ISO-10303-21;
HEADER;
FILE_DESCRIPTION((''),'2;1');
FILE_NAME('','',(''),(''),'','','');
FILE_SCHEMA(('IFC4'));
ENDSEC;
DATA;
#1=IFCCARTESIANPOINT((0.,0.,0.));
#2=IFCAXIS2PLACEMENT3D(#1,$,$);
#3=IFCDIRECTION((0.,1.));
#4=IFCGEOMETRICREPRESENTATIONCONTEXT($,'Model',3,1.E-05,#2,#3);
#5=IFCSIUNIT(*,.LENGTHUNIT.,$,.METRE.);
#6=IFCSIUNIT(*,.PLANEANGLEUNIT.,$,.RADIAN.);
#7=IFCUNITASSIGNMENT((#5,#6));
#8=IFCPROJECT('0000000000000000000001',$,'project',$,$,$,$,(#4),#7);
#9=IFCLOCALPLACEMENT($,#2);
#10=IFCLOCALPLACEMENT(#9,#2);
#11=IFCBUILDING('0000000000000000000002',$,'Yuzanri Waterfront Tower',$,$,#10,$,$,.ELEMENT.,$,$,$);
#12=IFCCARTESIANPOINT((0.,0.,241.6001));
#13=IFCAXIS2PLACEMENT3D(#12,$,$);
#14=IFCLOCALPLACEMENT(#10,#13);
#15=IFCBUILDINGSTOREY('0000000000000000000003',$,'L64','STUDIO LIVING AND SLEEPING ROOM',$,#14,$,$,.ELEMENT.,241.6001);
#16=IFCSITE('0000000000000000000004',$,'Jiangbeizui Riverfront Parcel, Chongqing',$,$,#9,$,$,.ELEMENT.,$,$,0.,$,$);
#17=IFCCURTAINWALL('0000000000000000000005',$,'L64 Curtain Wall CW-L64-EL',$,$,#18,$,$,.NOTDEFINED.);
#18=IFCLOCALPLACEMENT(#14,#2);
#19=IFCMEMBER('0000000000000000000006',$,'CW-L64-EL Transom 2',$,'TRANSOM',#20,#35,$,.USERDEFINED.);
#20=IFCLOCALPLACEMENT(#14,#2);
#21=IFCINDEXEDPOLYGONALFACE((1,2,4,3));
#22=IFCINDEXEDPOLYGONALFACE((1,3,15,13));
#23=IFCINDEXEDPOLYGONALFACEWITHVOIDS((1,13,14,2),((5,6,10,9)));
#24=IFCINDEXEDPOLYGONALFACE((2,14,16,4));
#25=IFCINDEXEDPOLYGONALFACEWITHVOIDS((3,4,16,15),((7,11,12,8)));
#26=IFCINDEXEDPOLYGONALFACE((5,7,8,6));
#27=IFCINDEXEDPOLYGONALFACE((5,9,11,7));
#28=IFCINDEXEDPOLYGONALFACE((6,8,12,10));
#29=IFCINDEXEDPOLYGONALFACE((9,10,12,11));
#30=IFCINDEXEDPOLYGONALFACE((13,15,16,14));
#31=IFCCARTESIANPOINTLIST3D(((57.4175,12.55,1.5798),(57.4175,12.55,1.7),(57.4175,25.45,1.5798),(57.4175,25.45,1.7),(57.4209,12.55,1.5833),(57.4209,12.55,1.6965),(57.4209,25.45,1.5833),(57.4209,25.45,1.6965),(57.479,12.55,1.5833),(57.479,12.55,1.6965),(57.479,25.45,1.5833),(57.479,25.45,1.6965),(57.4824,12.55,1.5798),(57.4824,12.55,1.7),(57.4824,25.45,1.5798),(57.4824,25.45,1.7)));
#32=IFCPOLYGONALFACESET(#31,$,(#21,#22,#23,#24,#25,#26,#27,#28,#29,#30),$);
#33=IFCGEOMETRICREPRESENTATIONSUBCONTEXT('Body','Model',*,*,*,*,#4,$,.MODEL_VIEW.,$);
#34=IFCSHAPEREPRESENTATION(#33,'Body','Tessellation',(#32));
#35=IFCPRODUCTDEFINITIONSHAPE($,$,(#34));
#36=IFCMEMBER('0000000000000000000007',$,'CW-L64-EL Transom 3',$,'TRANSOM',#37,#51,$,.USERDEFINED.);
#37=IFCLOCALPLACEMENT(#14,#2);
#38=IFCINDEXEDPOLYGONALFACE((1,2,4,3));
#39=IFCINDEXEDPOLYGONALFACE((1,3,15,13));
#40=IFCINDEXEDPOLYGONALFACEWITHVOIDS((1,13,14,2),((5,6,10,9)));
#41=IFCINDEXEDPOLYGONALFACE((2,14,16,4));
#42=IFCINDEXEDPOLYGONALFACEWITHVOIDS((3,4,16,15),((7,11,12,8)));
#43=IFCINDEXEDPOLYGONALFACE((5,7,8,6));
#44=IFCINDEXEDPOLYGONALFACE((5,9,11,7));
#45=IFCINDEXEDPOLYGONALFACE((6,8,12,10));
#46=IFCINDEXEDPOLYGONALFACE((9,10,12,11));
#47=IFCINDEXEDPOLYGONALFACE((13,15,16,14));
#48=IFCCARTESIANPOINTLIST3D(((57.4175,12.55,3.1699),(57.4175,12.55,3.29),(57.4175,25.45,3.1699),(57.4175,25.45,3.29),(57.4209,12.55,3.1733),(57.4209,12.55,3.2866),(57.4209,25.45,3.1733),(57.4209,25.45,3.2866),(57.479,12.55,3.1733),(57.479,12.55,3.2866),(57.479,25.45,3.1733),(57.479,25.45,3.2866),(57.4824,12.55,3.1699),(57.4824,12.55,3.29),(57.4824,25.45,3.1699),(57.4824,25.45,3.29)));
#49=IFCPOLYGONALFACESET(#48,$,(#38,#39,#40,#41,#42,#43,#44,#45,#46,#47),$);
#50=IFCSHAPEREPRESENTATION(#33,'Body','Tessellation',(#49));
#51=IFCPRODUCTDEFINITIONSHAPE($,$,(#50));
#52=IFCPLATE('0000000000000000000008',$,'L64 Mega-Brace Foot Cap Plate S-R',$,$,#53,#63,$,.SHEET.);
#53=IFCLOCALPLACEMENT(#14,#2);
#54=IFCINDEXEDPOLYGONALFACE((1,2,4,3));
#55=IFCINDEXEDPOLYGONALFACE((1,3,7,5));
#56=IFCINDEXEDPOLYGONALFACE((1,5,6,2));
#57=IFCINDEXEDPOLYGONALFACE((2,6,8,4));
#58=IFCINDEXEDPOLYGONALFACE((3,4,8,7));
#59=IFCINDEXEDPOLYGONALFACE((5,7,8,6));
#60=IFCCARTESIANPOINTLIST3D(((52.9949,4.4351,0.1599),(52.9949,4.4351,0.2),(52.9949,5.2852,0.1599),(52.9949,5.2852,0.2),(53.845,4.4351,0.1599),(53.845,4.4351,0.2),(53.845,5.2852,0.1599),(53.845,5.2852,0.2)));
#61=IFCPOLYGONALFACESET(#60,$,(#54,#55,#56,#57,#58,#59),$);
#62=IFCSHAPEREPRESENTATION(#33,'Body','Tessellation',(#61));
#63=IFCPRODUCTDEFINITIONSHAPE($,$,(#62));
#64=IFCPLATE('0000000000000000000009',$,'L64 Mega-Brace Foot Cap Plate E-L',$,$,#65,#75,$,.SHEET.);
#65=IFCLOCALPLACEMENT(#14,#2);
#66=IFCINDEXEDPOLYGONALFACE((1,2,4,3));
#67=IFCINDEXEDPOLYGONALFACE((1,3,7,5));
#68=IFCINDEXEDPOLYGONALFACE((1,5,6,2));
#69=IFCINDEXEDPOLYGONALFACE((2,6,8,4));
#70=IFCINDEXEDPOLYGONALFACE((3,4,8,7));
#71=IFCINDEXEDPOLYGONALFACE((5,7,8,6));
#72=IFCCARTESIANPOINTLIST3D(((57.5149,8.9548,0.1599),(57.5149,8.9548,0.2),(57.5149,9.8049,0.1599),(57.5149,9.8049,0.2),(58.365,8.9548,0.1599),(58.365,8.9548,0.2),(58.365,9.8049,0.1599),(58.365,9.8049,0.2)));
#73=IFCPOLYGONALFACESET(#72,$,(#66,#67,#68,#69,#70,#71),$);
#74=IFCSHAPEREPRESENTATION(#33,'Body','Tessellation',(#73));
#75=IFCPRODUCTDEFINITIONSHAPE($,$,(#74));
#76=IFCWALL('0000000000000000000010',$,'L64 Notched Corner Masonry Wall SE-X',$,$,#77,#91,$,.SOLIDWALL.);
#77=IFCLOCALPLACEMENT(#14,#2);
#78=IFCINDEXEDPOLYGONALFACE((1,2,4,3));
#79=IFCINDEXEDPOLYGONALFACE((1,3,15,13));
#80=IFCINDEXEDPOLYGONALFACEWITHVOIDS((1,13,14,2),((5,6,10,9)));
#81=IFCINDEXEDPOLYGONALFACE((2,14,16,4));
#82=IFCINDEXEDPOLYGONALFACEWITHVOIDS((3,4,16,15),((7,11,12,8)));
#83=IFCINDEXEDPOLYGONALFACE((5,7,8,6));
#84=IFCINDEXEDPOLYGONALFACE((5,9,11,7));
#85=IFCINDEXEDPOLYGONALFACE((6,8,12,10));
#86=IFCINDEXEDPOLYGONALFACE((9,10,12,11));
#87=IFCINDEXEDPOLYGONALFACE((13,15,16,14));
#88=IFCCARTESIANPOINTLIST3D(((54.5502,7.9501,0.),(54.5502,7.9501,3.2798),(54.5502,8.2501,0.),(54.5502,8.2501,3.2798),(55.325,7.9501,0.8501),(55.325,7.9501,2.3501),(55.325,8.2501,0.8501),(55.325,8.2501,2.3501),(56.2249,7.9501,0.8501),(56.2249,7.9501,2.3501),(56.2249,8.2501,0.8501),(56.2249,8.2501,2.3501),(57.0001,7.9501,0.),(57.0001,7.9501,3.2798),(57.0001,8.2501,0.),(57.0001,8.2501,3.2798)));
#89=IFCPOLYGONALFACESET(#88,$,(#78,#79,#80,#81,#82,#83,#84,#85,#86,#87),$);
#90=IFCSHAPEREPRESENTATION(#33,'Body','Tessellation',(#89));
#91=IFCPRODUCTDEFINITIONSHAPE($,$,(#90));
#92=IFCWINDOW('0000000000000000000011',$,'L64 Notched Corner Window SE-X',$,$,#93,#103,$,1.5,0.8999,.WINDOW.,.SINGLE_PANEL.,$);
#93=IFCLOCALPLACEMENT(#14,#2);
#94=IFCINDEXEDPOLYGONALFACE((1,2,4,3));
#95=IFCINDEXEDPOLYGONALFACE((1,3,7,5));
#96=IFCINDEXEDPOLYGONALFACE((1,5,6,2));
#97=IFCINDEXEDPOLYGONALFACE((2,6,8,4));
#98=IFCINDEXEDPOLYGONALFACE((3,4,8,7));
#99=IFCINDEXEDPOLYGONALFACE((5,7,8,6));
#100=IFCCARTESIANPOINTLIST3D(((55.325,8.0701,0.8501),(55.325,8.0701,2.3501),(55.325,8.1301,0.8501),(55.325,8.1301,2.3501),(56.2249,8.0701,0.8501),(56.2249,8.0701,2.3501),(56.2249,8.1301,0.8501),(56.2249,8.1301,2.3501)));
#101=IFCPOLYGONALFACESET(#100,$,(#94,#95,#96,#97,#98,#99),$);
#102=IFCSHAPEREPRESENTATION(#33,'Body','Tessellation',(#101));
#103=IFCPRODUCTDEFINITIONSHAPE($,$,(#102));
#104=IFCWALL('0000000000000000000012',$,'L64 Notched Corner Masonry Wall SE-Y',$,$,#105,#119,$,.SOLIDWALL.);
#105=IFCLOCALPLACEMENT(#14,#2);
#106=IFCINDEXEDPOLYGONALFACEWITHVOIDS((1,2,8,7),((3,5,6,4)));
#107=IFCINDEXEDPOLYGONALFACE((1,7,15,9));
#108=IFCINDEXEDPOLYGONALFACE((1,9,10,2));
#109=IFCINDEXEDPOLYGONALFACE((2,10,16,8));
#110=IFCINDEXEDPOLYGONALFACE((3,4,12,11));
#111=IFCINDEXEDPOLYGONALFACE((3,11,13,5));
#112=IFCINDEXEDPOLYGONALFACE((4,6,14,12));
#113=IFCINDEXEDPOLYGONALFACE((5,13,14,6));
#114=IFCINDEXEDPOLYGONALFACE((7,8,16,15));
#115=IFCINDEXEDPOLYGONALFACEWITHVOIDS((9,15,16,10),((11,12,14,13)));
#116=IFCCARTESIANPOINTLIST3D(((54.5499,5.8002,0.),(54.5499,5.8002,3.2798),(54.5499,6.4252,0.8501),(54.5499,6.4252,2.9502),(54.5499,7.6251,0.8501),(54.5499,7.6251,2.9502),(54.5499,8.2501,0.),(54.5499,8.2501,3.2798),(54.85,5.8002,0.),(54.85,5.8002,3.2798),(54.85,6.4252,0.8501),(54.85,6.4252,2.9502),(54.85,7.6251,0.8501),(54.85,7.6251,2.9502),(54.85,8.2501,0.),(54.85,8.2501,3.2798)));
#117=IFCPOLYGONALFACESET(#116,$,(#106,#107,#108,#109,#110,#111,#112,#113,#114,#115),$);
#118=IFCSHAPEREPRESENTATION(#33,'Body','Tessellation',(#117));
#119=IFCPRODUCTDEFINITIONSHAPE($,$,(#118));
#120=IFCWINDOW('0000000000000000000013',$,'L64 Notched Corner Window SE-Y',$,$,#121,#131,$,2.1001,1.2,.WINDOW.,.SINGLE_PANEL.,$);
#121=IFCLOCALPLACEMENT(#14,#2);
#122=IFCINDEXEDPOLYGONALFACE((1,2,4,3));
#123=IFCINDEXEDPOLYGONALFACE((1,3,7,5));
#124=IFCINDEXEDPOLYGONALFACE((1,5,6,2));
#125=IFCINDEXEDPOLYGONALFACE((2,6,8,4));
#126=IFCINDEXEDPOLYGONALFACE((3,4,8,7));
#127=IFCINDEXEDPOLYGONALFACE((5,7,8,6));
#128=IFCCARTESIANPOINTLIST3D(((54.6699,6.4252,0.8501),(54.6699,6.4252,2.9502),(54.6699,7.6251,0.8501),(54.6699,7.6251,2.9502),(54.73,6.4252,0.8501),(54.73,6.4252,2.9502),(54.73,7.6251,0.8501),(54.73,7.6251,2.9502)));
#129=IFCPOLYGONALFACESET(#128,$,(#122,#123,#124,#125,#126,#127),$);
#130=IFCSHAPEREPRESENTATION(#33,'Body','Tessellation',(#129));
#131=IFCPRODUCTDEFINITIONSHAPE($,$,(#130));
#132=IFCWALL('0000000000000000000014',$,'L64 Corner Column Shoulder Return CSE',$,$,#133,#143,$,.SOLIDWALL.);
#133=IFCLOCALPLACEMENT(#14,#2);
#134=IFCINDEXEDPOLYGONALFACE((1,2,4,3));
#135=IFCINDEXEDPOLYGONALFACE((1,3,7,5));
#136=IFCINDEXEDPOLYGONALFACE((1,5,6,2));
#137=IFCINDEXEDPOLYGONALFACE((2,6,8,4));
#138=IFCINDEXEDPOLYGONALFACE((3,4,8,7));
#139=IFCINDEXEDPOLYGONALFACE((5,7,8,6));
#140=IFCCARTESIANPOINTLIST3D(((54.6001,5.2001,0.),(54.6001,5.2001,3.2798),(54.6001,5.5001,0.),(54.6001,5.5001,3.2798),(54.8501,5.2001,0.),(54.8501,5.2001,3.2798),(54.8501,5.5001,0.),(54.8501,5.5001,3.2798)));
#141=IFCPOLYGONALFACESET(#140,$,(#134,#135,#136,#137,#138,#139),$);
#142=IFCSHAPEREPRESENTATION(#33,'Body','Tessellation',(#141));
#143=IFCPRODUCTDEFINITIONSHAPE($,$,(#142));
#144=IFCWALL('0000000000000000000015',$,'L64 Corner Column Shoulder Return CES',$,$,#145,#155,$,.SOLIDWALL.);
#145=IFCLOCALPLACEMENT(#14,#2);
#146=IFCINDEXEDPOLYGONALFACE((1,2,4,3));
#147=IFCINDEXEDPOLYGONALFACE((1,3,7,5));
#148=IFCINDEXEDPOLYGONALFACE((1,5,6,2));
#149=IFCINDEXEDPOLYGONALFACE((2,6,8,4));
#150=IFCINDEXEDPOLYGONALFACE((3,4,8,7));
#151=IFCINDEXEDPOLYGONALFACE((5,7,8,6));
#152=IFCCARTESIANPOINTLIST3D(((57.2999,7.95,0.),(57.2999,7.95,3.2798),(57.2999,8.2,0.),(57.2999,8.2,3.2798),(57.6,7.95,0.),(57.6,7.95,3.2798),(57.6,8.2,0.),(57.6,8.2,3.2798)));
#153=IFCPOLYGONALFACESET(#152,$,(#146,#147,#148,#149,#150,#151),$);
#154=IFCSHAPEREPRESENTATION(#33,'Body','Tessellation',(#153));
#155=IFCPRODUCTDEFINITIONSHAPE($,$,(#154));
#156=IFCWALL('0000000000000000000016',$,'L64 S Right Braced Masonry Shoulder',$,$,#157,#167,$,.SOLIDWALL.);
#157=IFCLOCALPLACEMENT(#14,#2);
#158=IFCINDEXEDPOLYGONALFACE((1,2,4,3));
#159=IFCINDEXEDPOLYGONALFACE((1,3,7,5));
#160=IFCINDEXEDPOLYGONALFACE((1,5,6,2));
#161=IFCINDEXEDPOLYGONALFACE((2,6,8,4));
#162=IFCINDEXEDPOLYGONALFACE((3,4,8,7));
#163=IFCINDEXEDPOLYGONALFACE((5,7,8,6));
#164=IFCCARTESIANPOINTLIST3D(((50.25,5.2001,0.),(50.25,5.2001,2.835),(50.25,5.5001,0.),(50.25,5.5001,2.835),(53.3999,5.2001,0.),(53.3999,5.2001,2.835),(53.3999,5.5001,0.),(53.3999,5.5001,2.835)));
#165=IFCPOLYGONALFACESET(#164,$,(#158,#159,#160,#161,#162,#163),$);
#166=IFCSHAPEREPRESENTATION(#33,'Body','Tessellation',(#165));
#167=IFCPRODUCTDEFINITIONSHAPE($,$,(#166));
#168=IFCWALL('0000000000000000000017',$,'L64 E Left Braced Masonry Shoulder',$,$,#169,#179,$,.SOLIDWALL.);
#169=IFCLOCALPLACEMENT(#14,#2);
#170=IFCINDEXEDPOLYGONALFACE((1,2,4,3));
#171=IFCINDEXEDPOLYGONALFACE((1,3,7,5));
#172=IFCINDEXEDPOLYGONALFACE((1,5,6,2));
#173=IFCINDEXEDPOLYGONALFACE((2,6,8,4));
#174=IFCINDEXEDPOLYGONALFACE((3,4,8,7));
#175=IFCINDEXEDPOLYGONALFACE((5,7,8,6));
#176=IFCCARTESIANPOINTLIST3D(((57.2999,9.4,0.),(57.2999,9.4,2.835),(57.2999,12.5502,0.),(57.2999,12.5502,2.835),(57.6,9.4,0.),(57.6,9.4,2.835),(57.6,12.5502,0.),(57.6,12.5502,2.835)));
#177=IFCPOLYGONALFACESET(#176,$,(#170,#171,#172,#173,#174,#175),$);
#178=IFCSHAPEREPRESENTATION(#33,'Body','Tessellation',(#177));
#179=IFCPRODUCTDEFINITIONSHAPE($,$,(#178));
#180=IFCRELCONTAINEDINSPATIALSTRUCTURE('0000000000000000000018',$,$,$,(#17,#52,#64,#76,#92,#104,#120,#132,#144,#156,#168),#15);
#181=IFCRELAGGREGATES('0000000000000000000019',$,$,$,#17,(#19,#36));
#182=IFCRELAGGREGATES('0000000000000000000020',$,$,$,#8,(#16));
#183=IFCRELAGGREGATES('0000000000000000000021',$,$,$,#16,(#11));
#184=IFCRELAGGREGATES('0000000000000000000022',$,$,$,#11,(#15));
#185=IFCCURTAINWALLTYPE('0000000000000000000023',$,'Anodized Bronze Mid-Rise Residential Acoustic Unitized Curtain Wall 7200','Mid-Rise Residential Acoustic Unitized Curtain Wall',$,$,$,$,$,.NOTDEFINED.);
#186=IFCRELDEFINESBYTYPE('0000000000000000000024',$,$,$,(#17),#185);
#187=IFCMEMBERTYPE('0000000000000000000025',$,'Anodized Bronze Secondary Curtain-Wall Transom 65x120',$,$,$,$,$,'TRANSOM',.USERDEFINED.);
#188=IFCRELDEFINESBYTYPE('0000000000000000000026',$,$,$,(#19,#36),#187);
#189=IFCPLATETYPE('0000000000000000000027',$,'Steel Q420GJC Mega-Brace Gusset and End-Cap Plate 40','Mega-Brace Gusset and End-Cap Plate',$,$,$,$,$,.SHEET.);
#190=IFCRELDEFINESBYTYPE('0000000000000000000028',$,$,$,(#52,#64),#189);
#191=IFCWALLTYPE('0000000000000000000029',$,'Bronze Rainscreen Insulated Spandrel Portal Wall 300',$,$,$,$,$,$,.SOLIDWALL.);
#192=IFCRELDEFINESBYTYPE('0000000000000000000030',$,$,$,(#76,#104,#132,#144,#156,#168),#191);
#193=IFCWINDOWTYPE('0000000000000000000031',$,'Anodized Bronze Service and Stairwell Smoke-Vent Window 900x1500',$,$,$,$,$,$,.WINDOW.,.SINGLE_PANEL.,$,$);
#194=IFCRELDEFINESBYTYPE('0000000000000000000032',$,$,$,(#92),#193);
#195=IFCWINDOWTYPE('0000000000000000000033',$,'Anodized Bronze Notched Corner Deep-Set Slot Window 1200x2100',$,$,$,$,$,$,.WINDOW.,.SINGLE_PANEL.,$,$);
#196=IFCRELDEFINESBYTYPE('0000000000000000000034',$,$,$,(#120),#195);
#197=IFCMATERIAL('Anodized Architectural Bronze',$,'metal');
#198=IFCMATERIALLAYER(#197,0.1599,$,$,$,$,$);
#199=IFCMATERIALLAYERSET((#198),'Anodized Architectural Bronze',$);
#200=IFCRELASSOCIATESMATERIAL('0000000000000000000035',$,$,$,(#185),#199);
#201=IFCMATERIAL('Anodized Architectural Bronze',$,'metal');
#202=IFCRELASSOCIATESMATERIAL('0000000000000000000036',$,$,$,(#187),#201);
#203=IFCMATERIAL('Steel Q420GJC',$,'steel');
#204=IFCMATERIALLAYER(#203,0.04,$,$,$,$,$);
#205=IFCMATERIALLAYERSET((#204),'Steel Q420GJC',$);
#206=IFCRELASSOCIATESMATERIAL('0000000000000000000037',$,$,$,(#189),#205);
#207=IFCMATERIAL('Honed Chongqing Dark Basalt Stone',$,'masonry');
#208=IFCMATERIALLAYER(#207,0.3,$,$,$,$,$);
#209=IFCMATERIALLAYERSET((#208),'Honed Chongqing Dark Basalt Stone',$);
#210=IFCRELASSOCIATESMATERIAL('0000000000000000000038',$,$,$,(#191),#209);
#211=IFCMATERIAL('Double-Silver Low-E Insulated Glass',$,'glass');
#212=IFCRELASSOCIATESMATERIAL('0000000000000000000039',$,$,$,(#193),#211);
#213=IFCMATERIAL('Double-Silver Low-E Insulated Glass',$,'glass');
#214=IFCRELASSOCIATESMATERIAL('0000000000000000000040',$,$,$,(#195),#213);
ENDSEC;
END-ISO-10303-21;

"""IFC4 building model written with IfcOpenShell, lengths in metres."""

from ifc_helpers import new_model, si_unit, direction, frame, frame_2d, origin, origin_2d, place, context, subcontext, project, spatial, rectangle, hollow_rectangle, extrude, source, transform, mapped, material, layer, layer_set, material_profile, profile_set, type_object, element, fill, aggregate, save


model = new_model("IFC4")

# Units and contexts
model_context = context("Model", 3, precision=1e-05, world=origin(), true_north=direction((0.0, 1.0)))
body_context = subcontext(model_context, "Body", "Model", "MODEL_VIEW")
ifc_project = project(units=[si_unit("LENGTHUNIT", "METRE"), si_unit("PLANEANGLEUNIT", "RADIAN")], contexts=[model_context])

# Site, building, storey
site_placement = place(None, origin())
site = spatial("IfcSite", under=ifc_project, at=site_placement, Name="Jiangbeizui Riverfront Parcel, Chongqing", CompositionType="ELEMENT", RefElevation=0.0)
building_placement = place(site_placement, origin())
building = spatial("IfcBuilding", under=site, at=building_placement, Name="Yuzanri Waterfront Tower", CompositionType="ELEMENT")
storey_placement = place(building_placement, frame((0.0, 0.0, 241.6001)))
storey = spatial("IfcBuildingStorey", under=building, at=storey_placement, Name="L64", Description="STUDIO LIVING AND SLEEPING ROOM", CompositionType="ELEMENT", Elevation=241.6001)

# Curtain wall, members
ifc_material_1 = material(Name="Anodized Architectural Bronze", Category="metal")
ifc_layer_1 = layer(ifc_material_1, 0.1599)
ifc_layer_set_1 = layer_set([ifc_layer_1], Name="Anodized Architectural Bronze")
curtain_wall_type = type_object("IfcCurtainWallType", Name="Anodized Bronze Mid-Rise Residential Acoustic Unitized Curtain Wall 7200", Description="Mid-Rise Residential Acoustic Unitized Curtain Wall", PredefinedType="NOTDEFINED", material=ifc_layer_set_1)
curtain_wall_1_placement = place(storey_placement, origin())
curtain_wall_1 = element("IfcCurtainWall", 1, at=curtain_wall_1_placement, inside=storey, type_object=curtain_wall_type, Name="L64 Curtain Wall CW-L64-EL", PredefinedType="NOTDEFINED")
ifc_material_2 = material(Name="Anodized Architectural Bronze", Category="metal")
ifc_material_profile_1 = material_profile(ifc_material_2, hollow_rectangle(XDim=0.0649, YDim=0.1201, WallThickness=0.0034, at=origin_2d()), Name="CWT 65x120")
ifc_profile_set_1 = profile_set([ifc_material_profile_1], Name="Anodized Architectural Bronze")
member_type_1 = type_object("IfcMemberType", Name="Anodized Bronze Secondary Curtain-Wall Transom 65x120", ElementType="TRANSOM", PredefinedType="USERDEFINED", material=ifc_profile_set_1)
shared_shape_1 = source(origin(), body_context, "Body", "SweptSolid", [
    extrude(hollow_rectangle(XDim=0.0649, YDim=0.1201, WallThickness=0.0034, at=origin_2d()), origin(), (0.0, 0.0, 1.0), 12.8999),
])
member_1_placement = place(storey_placement, frame((57.45, 12.55, 1.6399), z_axis=(0.0, 1.0, 0.0), x_axis=(-1.0, 0.0, 0.0)))
member_1 = element("IfcMember", 2, at=member_1_placement, type_object=member_type_1, Name="CW-L64-EL Transom 2", ObjectType="TRANSOM", PredefinedType="USERDEFINED", context=body_context, shape_type="MappedRepresentation", body=[
    mapped(shared_shape_1, transform((0.0, 0.0, 0.0), scale=1.0)),
])
member_2_placement = place(storey_placement, frame((57.45, 12.55, 3.23), z_axis=(0.0, 1.0, 0.0), x_axis=(-1.0, 0.0, 0.0)))
member_2 = element("IfcMember", 3, at=member_2_placement, type_object=member_type_1, Name="CW-L64-EL Transom 3", ObjectType="TRANSOM", PredefinedType="USERDEFINED", context=body_context, shape_type="MappedRepresentation", body=[
    mapped(shared_shape_1, transform((0.0, 0.0, 0.0), scale=1.0)),
])
aggregate(curtain_wall_1, [member_1, member_2])

# Plates
ifc_material_3 = material(Name="Steel Q420GJC", Category="steel")
ifc_layer_2 = layer(ifc_material_3, 0.04)
ifc_layer_set_2 = layer_set([ifc_layer_2], Name="Steel Q420GJC")
plate_type = type_object("IfcPlateType", Name="Steel Q420GJC Mega-Brace Gusset and End-Cap Plate 40", Description="Mega-Brace Gusset and End-Cap Plate", PredefinedType="SHEET", material=ifc_layer_set_2)
shared_shape_2 = source(origin(), body_context, "Body", "SweptSolid", [
    extrude(rectangle(XDim=0.8501, YDim=0.8501, at=origin_2d()), origin(), (0.0, 0.0, 1.0), 0.04),
])
for number, where, z_axis, x_axis, name in (
    (4, (53.4199, 4.8601, 0.1599), (0.0, 0.0, 1.0), (1.0, 0.0, 0.0), "L64 Mega-Brace Foot Cap Plate S-R"),
    (5, (57.9399, 9.3799, 0.1599), (0.0, 0.0, 1.0), (1.0, 0.0, 0.0), "L64 Mega-Brace Foot Cap Plate E-L"),
):
    element("IfcPlate", number, at=place(storey_placement, frame(where, z_axis=z_axis, x_axis=x_axis)), inside=storey, type_object=plate_type, Name=name, PredefinedType="SHEET", context=body_context, shape_type="MappedRepresentation", body=[
        mapped(shared_shape_2, transform((0.0, 0.0, 0.0), scale=1.0)),
    ])

# Walls, openings, windows
ifc_material_4 = material(Name="Honed Chongqing Dark Basalt Stone", Category="masonry")
ifc_layer_3 = layer(ifc_material_4, 0.3)
ifc_layer_set_3 = layer_set([ifc_layer_3], Name="Honed Chongqing Dark Basalt Stone")
wall_type_1 = type_object("IfcWallType", Name="Bronze Rainscreen Insulated Spandrel Portal Wall 300", PredefinedType="SOLIDWALL", material=ifc_layer_set_3)
wall_1_placement = place(storey_placement, frame((54.55, 8.1001, 0.0), z_axis=(0.0, 0.0, 1.0), x_axis=(1.0, 0.0, 0.0)))
wall_1 = element("IfcWall", 6, at=wall_1_placement, inside=storey, type_object=wall_type_1, Name="L64 Notched Corner Masonry Wall SE-X", PredefinedType="SOLIDWALL", context=body_context, shape_type="SweptSolid", body=[
    extrude(rectangle(XDim=2.45, YDim=0.3, at=frame_2d((1.2251, 0.0))), origin(), (0.0, 0.0, 1.0), 3.2798),
])
opening_1_placement = place(wall_1_placement, frame((0.7749, 0.0, 0.8501)))
opening_1 = element("IfcOpeningElement", 7, at=opening_1_placement, cuts=wall_1, PredefinedType="OPENING", context=body_context, shape_type="SweptSolid", body=[
    extrude(rectangle(XDim=0.8999, YDim=1.5, at=frame_2d((0.45, 0.75))), frame((0.0, 0.165, 0.0), z_axis=(0.0, -1.0, 0.0), x_axis=(1.0, 0.0, 0.0)), (0.0, 0.0, 1.0), 0.3298),
])
ifc_material_5 = material(Name="Double-Silver Low-E Insulated Glass", Category="glass")
window_type_1 = type_object("IfcWindowType", Name="Anodized Bronze Service and Stairwell Smoke-Vent Window 900x1500", PartitioningType="SINGLE_PANEL", PredefinedType="WINDOW", material=ifc_material_5)
shared_shape_3 = source(origin(), body_context, "Body", "SweptSolid", [
    extrude(rectangle(XDim=0.8999, YDim=1.5, at=frame_2d((0.45, 0.75))), frame((0.0, 0.03, 0.0), z_axis=(0.0, -1.0, 0.0), x_axis=(1.0, 0.0, 0.0)), (0.0, 0.0, 1.0), 0.0601),
])
window_1_placement = place(opening_1_placement, origin())
window_1 = element("IfcWindow", 8, at=window_1_placement, inside=storey, type_object=window_type_1, Name="L64 Notched Corner Window SE-X", OverallHeight=1.5, OverallWidth=0.8999, PartitioningType="SINGLE_PANEL", PredefinedType="WINDOW", context=body_context, shape_type="MappedRepresentation", body=[
    mapped(shared_shape_3, transform((0.0, 0.0, 0.0), scale=1.0)),
])
fill(opening_1, window_1)
wall_2_placement = place(storey_placement, frame((54.7, 5.8, 0.0), z_axis=(0.0, 0.0, 1.0), x_axis=(0.0, 1.0, 0.0)))
wall_2 = element("IfcWall", 9, at=wall_2_placement, inside=storey, type_object=wall_type_1, Name="L64 Notched Corner Masonry Wall SE-Y", PredefinedType="SOLIDWALL", context=body_context, shape_type="SweptSolid", body=[
    extrude(rectangle(XDim=2.45, YDim=0.3, at=frame_2d((1.2251, 0.0))), origin(), (0.0, 0.0, 1.0), 3.2798),
])
opening_2_placement = place(wall_2_placement, frame((0.625, 0.0, 0.8501)))
opening_2 = element("IfcOpeningElement", 10, at=opening_2_placement, cuts=wall_2, PredefinedType="OPENING", context=body_context, shape_type="SweptSolid", body=[
    extrude(rectangle(XDim=1.2, YDim=2.1001, at=frame_2d((0.6001, 1.05))), frame((0.0, 0.165, 0.0), z_axis=(0.0, -1.0, 0.0), x_axis=(1.0, 0.0, 0.0)), (0.0, 0.0, 1.0), 0.3298),
])
ifc_material_6 = material(Name="Double-Silver Low-E Insulated Glass", Category="glass")
window_type_2 = type_object("IfcWindowType", Name="Anodized Bronze Notched Corner Deep-Set Slot Window 1200x2100", PartitioningType="SINGLE_PANEL", PredefinedType="WINDOW", material=ifc_material_6)
shared_shape_4 = source(origin(), body_context, "Body", "SweptSolid", [
    extrude(rectangle(XDim=1.2, YDim=2.1001, at=frame_2d((0.6001, 1.05))), frame((0.0, 0.03, 0.0), z_axis=(0.0, -1.0, 0.0), x_axis=(1.0, 0.0, 0.0)), (0.0, 0.0, 1.0), 0.0601),
])
window_2_placement = place(opening_2_placement, origin())
window_2 = element("IfcWindow", 11, at=window_2_placement, inside=storey, type_object=window_type_2, Name="L64 Notched Corner Window SE-Y", OverallHeight=2.1001, OverallWidth=1.2, PartitioningType="SINGLE_PANEL", PredefinedType="WINDOW", context=body_context, shape_type="MappedRepresentation", body=[
    mapped(shared_shape_4, transform((0.0, 0.0, 0.0), scale=1.0)),
])
fill(opening_2, window_2)

# Walls
shared_shape_5 = source(origin(), body_context, "Body", "SweptSolid", [
    extrude(rectangle(XDim=0.25, YDim=0.3, at=frame_2d((0.125, 0.0))), origin(), (0.0, 0.0, 1.0), 3.2798),
])
for number, where, z_axis, x_axis, name in (
    (12, (54.6001, 5.3501, 0.0), (0.0, 0.0, 1.0), (1.0, 0.0, 0.0), "L64 Corner Column Shoulder Return CSE"),
    (13, (57.45, 7.95, 0.0), (0.0, 0.0, 1.0), (0.0, 1.0, 0.0), "L64 Corner Column Shoulder Return CES"),
):
    element("IfcWall", number, at=place(storey_placement, frame(where, z_axis=z_axis, x_axis=x_axis)), inside=storey, type_object=wall_type_1, Name=name, PredefinedType="SOLIDWALL", context=body_context, shape_type="MappedRepresentation", body=[
        mapped(shared_shape_5, transform((0.0, 0.0, 0.0), scale=1.0)),
    ])
shared_shape_6 = source(origin(), body_context, "Body", "SweptSolid", [
    extrude(rectangle(XDim=3.1499, YDim=0.3, at=frame_2d((1.575, 0.0))), origin(), (0.0, 0.0, 1.0), 2.835),
])
wall_3_placement = place(storey_placement, frame((50.25, 5.3501, 0.0), z_axis=(0.0, 0.0, 1.0), x_axis=(1.0, 0.0, 0.0)))
element("IfcWall", 14, at=wall_3_placement, inside=storey, type_object=wall_type_1, Name="L64 S Right Braced Masonry Shoulder", PredefinedType="SOLIDWALL", context=body_context, shape_type="MappedRepresentation", body=[
    mapped(shared_shape_6, transform((0.0, 0.0, 0.0), scale=1.0)),
])
shared_shape_7 = source(origin(), body_context, "Body", "SweptSolid", [
    extrude(rectangle(XDim=3.1501, YDim=0.3, at=frame_2d((1.5752, 0.0))), origin(), (0.0, 0.0, 1.0), 2.835),
])
wall_4_placement = place(storey_placement, frame((57.45, 9.3999, 0.0), z_axis=(0.0, 0.0, 1.0), x_axis=(0.0, 1.0, 0.0)))
element("IfcWall", 15, at=wall_4_placement, inside=storey, type_object=wall_type_1, Name="L64 E Left Braced Masonry Shoulder", PredefinedType="SOLIDWALL", context=body_context, shape_type="MappedRepresentation", body=[
    mapped(shared_shape_7, transform((0.0, 0.0, 0.0), scale=1.0)),
])

save(model, "model.ifc")
